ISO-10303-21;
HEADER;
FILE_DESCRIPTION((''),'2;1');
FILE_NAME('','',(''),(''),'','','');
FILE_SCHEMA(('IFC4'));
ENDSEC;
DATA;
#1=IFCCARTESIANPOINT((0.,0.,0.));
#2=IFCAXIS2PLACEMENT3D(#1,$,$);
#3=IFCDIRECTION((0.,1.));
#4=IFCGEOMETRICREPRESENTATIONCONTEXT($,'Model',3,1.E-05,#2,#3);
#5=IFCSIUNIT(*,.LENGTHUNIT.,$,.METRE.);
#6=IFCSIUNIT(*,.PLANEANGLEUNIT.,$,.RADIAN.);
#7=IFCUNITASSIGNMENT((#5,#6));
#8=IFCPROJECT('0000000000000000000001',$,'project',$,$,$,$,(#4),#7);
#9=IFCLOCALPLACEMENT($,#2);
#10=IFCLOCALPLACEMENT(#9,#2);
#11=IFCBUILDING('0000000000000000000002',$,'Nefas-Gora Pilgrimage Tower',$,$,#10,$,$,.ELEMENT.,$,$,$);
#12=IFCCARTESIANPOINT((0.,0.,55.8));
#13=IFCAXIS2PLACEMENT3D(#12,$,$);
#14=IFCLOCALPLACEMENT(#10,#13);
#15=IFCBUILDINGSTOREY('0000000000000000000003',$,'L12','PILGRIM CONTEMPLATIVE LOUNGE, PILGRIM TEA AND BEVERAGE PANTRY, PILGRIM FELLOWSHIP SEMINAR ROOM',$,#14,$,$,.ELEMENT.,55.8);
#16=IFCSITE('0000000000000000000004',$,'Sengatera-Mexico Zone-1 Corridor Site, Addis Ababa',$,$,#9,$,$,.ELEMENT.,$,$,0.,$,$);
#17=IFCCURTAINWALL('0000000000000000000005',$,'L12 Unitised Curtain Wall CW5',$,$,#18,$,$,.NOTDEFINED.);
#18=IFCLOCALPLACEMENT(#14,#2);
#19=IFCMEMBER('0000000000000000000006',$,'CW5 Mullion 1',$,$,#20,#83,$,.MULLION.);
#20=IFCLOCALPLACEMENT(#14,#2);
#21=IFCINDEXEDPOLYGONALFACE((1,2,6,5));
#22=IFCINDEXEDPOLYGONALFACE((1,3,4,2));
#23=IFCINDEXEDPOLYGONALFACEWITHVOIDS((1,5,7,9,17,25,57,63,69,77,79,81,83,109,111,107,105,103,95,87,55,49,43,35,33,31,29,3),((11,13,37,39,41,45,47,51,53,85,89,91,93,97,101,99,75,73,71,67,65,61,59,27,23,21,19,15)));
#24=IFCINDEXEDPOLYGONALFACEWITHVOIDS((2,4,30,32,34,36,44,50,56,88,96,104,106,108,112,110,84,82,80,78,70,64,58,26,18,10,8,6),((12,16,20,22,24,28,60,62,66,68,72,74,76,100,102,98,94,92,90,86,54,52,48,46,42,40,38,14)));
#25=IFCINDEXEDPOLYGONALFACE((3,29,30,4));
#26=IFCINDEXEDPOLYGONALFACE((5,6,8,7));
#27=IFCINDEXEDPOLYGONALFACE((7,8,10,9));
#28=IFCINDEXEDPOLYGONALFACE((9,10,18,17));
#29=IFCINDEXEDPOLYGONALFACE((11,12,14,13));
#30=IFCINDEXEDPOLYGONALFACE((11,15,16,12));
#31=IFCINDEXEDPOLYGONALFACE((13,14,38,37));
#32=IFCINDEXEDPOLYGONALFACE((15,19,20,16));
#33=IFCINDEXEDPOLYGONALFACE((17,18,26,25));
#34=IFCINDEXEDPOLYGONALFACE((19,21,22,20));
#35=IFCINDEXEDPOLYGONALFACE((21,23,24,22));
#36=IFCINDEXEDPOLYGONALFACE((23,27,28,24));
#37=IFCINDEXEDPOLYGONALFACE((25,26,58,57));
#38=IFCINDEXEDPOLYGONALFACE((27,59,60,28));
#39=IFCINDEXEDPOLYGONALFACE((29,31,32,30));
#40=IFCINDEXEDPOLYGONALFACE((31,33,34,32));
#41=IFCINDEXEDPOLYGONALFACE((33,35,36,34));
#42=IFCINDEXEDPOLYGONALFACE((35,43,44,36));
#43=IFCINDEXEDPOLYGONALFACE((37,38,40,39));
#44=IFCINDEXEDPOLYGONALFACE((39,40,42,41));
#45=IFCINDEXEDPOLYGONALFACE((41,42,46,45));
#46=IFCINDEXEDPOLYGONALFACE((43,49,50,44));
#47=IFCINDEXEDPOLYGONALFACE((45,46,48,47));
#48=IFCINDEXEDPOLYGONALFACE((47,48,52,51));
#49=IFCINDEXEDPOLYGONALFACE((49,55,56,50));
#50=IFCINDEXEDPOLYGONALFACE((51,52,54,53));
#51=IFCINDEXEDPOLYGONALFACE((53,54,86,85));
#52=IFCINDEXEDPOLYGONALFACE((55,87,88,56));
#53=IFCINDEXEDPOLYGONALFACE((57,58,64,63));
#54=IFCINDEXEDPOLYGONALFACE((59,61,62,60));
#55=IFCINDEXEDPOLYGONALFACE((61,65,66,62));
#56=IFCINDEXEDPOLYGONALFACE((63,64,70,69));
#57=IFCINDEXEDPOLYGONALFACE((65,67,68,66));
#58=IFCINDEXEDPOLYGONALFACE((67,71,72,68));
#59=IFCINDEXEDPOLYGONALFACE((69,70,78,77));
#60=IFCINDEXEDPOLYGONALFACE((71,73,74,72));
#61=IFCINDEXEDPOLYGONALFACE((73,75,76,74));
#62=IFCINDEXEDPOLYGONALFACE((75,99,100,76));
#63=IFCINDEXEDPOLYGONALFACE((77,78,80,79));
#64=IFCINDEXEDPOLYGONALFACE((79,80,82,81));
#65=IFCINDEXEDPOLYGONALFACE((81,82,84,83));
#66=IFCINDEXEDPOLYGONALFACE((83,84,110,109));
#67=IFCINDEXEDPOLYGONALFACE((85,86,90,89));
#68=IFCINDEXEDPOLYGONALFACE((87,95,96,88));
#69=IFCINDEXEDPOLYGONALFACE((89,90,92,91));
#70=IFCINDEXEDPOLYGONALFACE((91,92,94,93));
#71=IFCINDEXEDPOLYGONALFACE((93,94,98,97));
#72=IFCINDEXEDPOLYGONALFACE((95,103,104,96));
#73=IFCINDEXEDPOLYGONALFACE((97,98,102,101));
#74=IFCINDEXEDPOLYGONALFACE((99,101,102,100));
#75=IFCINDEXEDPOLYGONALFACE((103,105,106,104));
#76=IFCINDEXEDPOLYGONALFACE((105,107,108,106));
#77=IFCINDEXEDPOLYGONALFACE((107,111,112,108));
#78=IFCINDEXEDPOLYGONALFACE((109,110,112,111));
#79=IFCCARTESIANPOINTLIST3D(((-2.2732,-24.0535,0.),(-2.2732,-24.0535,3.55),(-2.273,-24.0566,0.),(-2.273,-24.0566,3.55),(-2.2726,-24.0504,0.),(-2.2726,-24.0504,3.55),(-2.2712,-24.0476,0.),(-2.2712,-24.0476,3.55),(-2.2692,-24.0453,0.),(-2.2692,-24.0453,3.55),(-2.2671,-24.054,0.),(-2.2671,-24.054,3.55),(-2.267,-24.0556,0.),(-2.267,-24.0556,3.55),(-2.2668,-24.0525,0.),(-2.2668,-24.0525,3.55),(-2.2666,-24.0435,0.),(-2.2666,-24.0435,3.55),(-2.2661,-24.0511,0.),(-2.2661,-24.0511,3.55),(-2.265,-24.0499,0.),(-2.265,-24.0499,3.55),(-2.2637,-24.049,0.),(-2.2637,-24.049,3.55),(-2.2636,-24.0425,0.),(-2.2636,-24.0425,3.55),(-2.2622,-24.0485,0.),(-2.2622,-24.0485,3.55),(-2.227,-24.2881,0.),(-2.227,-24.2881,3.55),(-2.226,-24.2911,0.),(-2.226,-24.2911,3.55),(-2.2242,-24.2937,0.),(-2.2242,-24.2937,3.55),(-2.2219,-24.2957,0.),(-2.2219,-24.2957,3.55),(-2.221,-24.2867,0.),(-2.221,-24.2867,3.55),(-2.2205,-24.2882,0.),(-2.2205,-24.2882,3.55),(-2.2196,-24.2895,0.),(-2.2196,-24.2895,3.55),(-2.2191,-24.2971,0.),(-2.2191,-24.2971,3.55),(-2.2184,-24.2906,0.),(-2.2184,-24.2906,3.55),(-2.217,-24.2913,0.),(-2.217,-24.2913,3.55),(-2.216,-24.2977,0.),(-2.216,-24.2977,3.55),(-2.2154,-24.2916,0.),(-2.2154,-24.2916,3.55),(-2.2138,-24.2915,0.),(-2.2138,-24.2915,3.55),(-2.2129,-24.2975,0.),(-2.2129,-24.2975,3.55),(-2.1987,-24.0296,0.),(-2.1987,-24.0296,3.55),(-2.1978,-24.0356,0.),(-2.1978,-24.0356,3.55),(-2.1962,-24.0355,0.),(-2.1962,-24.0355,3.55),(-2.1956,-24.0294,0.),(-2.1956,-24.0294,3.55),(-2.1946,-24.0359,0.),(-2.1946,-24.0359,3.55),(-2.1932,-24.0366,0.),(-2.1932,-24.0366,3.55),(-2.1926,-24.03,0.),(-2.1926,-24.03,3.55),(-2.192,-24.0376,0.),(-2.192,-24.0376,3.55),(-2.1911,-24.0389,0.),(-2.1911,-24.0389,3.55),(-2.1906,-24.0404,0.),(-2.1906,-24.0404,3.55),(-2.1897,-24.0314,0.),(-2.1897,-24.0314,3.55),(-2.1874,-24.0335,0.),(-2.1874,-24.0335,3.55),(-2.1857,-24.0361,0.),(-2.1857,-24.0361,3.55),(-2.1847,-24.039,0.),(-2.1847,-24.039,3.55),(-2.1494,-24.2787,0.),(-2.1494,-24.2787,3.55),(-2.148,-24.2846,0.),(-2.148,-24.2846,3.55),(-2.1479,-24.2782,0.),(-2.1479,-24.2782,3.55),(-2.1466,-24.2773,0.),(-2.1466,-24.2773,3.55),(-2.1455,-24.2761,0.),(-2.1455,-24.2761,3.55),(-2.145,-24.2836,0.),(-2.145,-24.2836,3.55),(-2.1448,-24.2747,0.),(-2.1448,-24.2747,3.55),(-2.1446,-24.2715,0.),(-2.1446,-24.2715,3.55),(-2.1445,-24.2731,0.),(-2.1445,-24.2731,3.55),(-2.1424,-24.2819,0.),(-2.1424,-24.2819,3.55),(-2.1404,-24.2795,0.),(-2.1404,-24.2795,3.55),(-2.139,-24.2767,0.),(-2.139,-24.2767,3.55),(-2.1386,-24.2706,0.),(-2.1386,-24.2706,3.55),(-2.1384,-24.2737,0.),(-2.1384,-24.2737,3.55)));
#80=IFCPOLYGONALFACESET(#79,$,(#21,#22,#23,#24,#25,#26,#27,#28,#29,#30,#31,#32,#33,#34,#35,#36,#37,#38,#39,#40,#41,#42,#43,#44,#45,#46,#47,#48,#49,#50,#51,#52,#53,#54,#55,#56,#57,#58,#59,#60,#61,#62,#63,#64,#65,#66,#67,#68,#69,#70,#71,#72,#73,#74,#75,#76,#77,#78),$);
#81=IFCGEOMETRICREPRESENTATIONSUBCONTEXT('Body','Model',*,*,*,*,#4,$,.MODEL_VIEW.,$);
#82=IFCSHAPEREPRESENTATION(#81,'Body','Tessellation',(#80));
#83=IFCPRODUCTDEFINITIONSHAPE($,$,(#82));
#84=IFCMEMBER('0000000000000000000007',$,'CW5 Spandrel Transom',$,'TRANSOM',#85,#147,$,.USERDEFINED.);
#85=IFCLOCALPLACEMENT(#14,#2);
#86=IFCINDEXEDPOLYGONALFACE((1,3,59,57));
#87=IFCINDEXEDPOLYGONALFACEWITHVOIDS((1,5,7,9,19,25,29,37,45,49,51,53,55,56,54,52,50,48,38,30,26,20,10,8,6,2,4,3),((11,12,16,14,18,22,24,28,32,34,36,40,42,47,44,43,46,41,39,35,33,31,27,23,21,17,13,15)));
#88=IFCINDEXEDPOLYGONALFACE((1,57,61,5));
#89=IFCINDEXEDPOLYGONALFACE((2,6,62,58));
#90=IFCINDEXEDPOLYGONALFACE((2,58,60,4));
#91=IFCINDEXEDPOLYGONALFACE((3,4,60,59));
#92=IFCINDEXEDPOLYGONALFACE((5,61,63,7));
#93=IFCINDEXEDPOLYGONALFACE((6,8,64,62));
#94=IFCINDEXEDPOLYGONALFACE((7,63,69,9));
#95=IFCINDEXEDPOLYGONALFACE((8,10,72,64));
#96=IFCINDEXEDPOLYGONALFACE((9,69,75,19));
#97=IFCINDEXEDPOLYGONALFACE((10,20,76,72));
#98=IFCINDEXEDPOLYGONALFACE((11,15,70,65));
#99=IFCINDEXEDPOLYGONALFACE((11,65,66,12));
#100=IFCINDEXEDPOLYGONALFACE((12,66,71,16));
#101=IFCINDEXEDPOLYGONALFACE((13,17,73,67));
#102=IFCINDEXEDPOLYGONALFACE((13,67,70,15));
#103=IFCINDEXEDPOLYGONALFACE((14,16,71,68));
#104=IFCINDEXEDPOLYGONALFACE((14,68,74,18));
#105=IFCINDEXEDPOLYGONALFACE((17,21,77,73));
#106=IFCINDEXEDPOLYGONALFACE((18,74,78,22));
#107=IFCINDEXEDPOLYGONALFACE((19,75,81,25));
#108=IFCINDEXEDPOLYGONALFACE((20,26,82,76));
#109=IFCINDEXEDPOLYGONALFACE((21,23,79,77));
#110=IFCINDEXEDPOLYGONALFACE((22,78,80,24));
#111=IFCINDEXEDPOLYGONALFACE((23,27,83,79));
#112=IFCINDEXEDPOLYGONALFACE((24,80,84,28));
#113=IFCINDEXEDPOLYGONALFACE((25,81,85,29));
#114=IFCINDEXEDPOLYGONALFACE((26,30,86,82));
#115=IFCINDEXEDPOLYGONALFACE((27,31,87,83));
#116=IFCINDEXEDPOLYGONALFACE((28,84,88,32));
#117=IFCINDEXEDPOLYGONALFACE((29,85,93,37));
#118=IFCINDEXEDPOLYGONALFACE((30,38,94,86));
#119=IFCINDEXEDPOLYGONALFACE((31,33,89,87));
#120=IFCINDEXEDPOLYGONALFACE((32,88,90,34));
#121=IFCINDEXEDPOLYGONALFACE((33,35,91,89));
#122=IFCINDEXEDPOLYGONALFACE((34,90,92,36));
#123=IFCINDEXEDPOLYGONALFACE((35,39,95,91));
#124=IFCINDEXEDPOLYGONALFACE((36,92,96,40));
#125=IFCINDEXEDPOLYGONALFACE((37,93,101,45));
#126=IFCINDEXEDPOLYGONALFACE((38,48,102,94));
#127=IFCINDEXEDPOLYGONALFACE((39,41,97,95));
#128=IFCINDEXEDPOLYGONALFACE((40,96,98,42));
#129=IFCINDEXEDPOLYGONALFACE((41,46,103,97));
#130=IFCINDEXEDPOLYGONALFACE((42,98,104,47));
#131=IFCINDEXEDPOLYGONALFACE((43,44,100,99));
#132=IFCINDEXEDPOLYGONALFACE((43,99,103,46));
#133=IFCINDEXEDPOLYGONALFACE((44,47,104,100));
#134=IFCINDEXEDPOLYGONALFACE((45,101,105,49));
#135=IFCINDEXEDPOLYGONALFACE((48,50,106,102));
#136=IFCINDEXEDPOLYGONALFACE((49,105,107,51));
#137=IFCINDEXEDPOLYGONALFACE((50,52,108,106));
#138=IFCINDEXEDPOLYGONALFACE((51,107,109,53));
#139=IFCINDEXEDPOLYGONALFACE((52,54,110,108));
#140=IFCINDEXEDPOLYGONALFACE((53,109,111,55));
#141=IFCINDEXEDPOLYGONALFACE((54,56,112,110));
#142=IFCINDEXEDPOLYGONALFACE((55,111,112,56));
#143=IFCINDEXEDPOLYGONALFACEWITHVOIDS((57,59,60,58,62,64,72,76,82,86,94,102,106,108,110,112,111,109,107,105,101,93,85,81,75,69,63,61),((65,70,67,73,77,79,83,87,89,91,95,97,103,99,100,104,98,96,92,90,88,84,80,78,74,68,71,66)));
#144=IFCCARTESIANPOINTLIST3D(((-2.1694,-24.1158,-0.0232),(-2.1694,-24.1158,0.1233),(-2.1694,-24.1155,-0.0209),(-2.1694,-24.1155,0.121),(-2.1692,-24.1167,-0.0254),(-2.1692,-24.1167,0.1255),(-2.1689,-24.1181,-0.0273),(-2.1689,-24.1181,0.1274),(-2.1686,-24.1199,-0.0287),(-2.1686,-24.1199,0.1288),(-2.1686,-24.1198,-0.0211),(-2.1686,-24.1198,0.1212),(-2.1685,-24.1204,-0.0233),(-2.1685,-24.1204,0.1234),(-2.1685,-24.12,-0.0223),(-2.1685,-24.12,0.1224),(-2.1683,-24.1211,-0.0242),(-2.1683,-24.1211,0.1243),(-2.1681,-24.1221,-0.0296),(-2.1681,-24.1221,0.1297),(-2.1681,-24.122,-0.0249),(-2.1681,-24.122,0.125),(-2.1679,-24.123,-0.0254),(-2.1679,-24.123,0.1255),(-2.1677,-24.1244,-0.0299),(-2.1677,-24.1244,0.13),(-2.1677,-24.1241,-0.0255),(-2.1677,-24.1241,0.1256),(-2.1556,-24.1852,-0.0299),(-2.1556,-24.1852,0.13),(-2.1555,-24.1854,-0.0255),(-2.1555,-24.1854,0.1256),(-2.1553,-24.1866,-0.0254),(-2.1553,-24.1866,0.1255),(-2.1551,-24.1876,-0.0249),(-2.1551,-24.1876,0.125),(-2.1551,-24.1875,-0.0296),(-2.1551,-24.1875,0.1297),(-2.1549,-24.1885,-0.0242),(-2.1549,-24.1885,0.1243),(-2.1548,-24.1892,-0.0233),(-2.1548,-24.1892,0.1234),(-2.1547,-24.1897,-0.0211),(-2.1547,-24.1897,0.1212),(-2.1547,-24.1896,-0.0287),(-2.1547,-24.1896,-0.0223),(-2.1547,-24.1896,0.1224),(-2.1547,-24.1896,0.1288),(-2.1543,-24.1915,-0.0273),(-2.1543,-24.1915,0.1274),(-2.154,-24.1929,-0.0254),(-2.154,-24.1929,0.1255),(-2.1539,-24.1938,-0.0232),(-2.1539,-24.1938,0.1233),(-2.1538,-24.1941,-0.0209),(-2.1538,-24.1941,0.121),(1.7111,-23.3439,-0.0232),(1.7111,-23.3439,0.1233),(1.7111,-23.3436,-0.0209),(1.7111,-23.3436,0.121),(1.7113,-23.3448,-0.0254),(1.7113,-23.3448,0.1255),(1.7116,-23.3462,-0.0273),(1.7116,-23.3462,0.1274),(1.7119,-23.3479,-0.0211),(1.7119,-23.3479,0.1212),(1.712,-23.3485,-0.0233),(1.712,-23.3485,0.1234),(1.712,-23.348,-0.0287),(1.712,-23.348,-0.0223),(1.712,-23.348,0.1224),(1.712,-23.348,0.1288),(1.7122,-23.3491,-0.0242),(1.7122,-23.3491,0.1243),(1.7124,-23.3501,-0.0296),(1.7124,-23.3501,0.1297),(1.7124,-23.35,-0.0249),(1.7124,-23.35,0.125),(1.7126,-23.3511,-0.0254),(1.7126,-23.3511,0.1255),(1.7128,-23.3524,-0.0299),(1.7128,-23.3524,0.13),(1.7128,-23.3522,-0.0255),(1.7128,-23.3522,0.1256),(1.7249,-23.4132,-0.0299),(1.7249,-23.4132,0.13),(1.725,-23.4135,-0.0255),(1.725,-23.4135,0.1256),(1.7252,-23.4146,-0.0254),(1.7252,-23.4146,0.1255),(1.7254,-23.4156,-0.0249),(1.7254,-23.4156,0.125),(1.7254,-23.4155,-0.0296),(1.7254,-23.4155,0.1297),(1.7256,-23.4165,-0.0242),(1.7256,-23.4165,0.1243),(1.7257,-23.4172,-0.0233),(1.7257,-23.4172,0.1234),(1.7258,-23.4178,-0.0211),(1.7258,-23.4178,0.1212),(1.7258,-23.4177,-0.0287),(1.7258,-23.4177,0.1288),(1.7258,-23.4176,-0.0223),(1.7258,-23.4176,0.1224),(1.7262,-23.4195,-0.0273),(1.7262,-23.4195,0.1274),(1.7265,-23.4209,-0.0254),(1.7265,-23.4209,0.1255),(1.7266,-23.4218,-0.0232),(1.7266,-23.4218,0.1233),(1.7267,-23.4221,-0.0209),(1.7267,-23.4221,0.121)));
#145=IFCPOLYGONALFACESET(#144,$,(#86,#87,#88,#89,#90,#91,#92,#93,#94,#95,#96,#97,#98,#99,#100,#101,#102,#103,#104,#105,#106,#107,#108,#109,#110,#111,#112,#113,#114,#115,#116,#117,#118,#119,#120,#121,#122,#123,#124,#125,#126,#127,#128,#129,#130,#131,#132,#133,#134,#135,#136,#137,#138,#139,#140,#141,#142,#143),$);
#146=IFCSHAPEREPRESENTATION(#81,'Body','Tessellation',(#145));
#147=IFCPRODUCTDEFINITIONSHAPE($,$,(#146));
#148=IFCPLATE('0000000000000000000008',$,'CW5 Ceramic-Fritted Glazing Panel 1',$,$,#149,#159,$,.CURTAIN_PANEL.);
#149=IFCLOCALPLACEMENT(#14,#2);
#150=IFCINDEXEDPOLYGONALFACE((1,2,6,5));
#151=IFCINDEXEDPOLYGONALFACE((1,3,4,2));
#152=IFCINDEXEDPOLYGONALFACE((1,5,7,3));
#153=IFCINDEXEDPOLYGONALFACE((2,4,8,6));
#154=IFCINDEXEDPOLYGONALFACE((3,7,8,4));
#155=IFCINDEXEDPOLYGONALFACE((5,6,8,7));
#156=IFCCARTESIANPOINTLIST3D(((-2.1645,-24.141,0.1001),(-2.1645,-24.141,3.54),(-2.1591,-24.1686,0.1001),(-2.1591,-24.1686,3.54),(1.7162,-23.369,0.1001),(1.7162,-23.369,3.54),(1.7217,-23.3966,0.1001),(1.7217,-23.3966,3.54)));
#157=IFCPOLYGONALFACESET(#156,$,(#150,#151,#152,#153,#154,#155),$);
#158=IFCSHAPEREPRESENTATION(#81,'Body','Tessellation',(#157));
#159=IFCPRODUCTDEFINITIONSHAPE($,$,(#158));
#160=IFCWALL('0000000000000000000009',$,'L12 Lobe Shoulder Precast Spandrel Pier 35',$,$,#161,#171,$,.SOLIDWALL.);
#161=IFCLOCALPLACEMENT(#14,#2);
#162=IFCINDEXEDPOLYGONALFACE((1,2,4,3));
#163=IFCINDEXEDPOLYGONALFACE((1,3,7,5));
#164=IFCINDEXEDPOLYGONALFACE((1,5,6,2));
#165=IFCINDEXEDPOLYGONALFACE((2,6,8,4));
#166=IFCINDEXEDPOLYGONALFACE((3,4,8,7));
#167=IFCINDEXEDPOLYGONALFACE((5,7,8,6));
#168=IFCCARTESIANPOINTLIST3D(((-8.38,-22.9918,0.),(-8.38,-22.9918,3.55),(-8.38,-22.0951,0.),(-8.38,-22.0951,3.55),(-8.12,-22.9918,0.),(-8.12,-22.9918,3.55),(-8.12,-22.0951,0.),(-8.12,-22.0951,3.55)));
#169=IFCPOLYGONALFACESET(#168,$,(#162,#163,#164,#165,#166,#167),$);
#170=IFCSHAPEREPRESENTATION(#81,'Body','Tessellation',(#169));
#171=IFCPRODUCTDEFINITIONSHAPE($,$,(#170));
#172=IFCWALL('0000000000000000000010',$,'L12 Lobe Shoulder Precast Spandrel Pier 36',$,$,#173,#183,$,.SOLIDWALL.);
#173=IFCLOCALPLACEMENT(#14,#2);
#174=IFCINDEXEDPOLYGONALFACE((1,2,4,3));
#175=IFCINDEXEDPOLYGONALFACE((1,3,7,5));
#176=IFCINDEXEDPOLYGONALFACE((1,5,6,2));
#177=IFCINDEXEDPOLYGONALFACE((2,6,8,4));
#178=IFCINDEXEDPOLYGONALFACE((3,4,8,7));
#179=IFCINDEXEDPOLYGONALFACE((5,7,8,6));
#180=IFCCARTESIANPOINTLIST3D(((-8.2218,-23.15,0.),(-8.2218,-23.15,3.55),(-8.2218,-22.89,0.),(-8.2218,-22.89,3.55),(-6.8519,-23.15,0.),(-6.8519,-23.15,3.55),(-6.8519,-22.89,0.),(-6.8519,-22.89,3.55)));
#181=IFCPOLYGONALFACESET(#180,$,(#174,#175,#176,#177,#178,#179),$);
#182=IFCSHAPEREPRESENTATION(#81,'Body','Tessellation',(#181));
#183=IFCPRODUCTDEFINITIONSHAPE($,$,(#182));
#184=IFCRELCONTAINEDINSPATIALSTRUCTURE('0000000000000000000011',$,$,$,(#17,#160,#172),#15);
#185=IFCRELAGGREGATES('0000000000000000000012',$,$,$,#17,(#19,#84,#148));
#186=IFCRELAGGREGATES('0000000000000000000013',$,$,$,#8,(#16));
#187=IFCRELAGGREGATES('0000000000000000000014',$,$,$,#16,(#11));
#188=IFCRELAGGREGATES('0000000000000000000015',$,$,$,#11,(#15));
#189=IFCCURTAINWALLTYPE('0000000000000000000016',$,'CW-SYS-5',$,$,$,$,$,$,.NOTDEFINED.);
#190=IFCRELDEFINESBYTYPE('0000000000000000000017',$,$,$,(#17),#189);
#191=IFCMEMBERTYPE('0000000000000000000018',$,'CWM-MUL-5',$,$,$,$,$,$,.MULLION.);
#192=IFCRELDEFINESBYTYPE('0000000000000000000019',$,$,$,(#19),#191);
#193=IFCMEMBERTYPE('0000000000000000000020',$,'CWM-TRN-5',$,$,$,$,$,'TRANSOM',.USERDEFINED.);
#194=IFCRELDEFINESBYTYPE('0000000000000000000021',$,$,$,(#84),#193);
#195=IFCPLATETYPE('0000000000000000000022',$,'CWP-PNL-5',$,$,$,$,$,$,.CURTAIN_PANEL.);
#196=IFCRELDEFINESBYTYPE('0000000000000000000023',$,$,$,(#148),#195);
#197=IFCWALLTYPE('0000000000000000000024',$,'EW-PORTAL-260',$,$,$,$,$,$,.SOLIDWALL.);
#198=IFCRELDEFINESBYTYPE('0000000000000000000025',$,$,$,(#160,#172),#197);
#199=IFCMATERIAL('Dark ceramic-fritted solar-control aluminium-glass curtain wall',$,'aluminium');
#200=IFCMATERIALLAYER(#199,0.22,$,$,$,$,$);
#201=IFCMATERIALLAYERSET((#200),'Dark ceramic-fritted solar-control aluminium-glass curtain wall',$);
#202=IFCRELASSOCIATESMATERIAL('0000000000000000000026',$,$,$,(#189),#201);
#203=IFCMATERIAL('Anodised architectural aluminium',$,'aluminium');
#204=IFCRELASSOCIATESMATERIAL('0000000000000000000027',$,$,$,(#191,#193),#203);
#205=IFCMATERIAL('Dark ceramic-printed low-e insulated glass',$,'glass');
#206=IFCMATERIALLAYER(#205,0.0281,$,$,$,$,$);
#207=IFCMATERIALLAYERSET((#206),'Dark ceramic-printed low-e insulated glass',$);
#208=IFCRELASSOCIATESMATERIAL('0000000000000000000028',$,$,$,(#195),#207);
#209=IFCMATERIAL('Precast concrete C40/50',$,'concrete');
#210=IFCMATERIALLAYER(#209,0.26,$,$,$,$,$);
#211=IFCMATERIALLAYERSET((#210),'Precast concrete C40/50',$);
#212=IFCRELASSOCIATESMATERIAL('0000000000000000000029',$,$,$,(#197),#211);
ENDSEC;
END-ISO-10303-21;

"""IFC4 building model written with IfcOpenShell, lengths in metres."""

from ifc_helpers import new_model, si_unit, direction, frame, frame_2d, origin, origin_2d, place, context, subcontext, project, spatial, rectangle, hollow_rectangle, extrude, source, transform, mapped, material, layer, layer_set, material_profile, profile_set, type_object, element, aggregate, save


model = new_model("IFC4")

# Units and contexts
model_context = context("Model", 3, precision=1e-05, world=origin(), true_north=direction((0.0, 1.0)))
body_context = subcontext(model_context, "Body", "Model", "MODEL_VIEW")
ifc_project = project(units=[si_unit("LENGTHUNIT", "METRE"), si_unit("PLANEANGLEUNIT", "RADIAN")], contexts=[model_context])

# Site, building, storey
site_placement = place(None, origin())
site = spatial("IfcSite", under=ifc_project, at=site_placement, Name="Sengatera-Mexico Zone-1 Corridor Site, Addis Ababa", CompositionType="ELEMENT", RefElevation=0.0)
building_placement = place(site_placement, origin())
building = spatial("IfcBuilding", under=site, at=building_placement, Name="Nefas-Gora Pilgrimage Tower", CompositionType="ELEMENT")
storey_placement = place(building_placement, frame((0.0, 0.0, 55.8)))
storey = spatial("IfcBuildingStorey", under=building, at=storey_placement, Name="L12", Description="PILGRIM CONTEMPLATIVE LOUNGE, PILGRIM TEA AND BEVERAGE PANTRY, PILGRIM FELLOWSHIP SEMINAR ROOM", CompositionType="ELEMENT", Elevation=55.8)

# Curtain wall, members, plate
ifc_material_1 = material(Name="Dark ceramic-fritted solar-control aluminium-glass curtain wall", Category="aluminium")
ifc_layer_1 = layer(ifc_material_1, 0.22)
ifc_layer_set_1 = layer_set([ifc_layer_1], Name="Dark ceramic-fritted solar-control aluminium-glass curtain wall")
curtain_wall_type = type_object("IfcCurtainWallType", Name="CW-SYS-5", PredefinedType="NOTDEFINED", material=ifc_layer_set_1)
curtain_wall_placement = place(storey_placement, origin())
curtain_wall = element("IfcCurtainWall", 1, at=curtain_wall_placement, inside=storey, type_object=curtain_wall_type, Name="L12 Unitised Curtain Wall CW5", PredefinedType="NOTDEFINED")
ifc_material_2 = material(Name="Anodised architectural aluminium", Category="aluminium")
ifc_material_profile_1 = material_profile(ifc_material_2, hollow_rectangle(XDim=0.0901, YDim=0.26, WallThickness=0.0061, InnerFilletRadius=0.0061, OuterFilletRadius=0.012, at=origin_2d()), Name="ALU MULLION 90x260")
ifc_profile_set_1 = profile_set([ifc_material_profile_1], Name="Anodised architectural aluminium")
member_type_1 = type_object("IfcMemberType", Name="CWM-MUL-5", PredefinedType="MULLION", material=ifc_profile_set_1)
shared_shape_1 = source(origin(), body_context, "Body", "SweptSolid", [
    extrude(hollow_rectangle(XDim=0.0901, YDim=0.26, WallThickness=0.0061, InnerFilletRadius=0.0061, OuterFilletRadius=0.012, at=origin_2d()), origin(), (0.0, 0.0, 1.0), 3.55),
])
member_1_placement = place(storey_placement, frame((-2.2058, -24.1636, 0.0), z_axis=(0.0, 0.0, 1.0), x_axis=(0.980783, 0.195102, 0.0)))
member_1 = element("IfcMember", 2, at=member_1_placement, type_object=member_type_1, Name="CW5 Mullion 1", PredefinedType="MULLION", context=body_context, shape_type="MappedRepresentation", body=[
    mapped(shared_shape_1, transform((0.0, 0.0, 0.0), x_axis=(1.0, 0.0, 0.0), y_axis=(0.0, 1.0, 0.0), z_axis=(0.0, 0.0, 1.0), scale=1.0)),
])
ifc_material_profile_2 = material_profile(ifc_material_2, hollow_rectangle(XDim=0.0801, YDim=0.1599, WallThickness=0.0044, InnerFilletRadius=0.0044, OuterFilletRadius=0.009, at=origin_2d()), Name="ALU TRANSOM 80x160")
ifc_profile_set_2 = profile_set([ifc_material_profile_2], Name="Anodised architectural aluminium")
member_type_2 = type_object("IfcMemberType", Name="CWM-TRN-5", ElementType="TRANSOM", PredefinedType="USERDEFINED", material=ifc_profile_set_2)
shared_shape_2 = source(origin(), body_context, "Body", "SweptSolid", [
    extrude(hollow_rectangle(XDim=0.0801, YDim=0.1599, WallThickness=0.0044, InnerFilletRadius=0.0044, OuterFilletRadius=0.009, at=origin_2d()), origin(), (0.0, 0.0, 1.0), 3.9565),
])
member_2_placement = place(storey_placement, frame((-2.1616, -24.1548, 0.05), z_axis=(0.980782, 0.195107, 0.0), x_axis=(-0.195107, 0.980782, 0.0)))
member_2 = element("IfcMember", 3, at=member_2_placement, type_object=member_type_2, Name="CW5 Spandrel Transom", ObjectType="TRANSOM", PredefinedType="USERDEFINED", context=body_context, shape_type="MappedRepresentation", body=[
    mapped(shared_shape_2, transform((0.0, 0.0, 0.0), x_axis=(1.0, 0.0, 0.0), y_axis=(0.0, 1.0, 0.0), z_axis=(0.0, 0.0, 1.0), scale=1.0)),
])
ifc_material_3 = material(Name="Dark ceramic-printed low-e insulated glass", Category="glass")
ifc_layer_2 = layer(ifc_material_3, 0.0281)
ifc_layer_set_2 = layer_set([ifc_layer_2], Name="Dark ceramic-printed low-e insulated glass")
plate_type = type_object("IfcPlateType", Name="CWP-PNL-5", PredefinedType="CURTAIN_PANEL", material=ifc_layer_set_2)
shared_shape_3 = source(origin(), body_context, "Body", "SweptSolid", [
    extrude(rectangle(XDim=3.9568, YDim=0.0281, at=origin_2d()), origin(), (0.0, 0.0, 1.0), 3.4399),
])
plate_placement = place(storey_placement, frame((-0.2214, -23.7688, 0.1001), z_axis=(0.0, 0.0, 1.0), x_axis=(0.980783, 0.195102, 0.0)))
plate = element("IfcPlate", 4, at=plate_placement, type_object=plate_type, Name="CW5 Ceramic-Fritted Glazing Panel 1", PredefinedType="CURTAIN_PANEL", context=body_context, shape_type="MappedRepresentation", body=[
    mapped(shared_shape_3, transform((0.0, 0.0, 0.0), x_axis=(1.0, 0.0, 0.0), y_axis=(0.0, 1.0, 0.0), z_axis=(0.0, 0.0, 1.0), scale=1.0)),
])
aggregate(curtain_wall, [member_1, member_2, plate])

# Walls
ifc_material_4 = material(Name="Precast concrete C40/50", Category="concrete")
ifc_layer_3 = layer(ifc_material_4, 0.26)
ifc_layer_set_3 = layer_set([ifc_layer_3], Name="Precast concrete C40/50")
wall_type_1 = type_object("IfcWallType", Name="EW-PORTAL-260", PredefinedType="SOLIDWALL", material=ifc_layer_set_3)
shared_shape_4 = source(origin(), body_context, "Body", "SweptSolid", [
    extrude(rectangle(XDim=0.8967, YDim=0.26, at=frame_2d((0.4482, 0.0))), origin(), (0.0, 0.0, 1.0), 3.55),
])
wall_1_placement = place(storey_placement, frame((-8.25, -22.0952, 0.0), z_axis=(0.0, 0.0, 1.0), x_axis=(0.0, -1.0, 0.0)))
element("IfcWall", 5, at=wall_1_placement, inside=storey, type_object=wall_type_1, Name="L12 Lobe Shoulder Precast Spandrel Pier 35", PredefinedType="SOLIDWALL", context=body_context, shape_type="MappedRepresentation", body=[
    mapped(shared_shape_4, transform((0.0, 0.0, 0.0), x_axis=(1.0, 0.0, 0.0), y_axis=(0.0, 1.0, 0.0), z_axis=(0.0, 0.0, 1.0), scale=1.0)),
])
shared_shape_5 = source(origin(), body_context, "Body", "SweptSolid", [
    extrude(rectangle(XDim=1.3699, YDim=0.26, at=frame_2d((0.6851, 0.0))), origin(), (0.0, 0.0, 1.0), 3.55),
])
wall_2_placement = place(storey_placement, frame((-8.2219, -23.02, 0.0), z_axis=(0.0, 0.0, 1.0), x_axis=(1.0, 0.0, 0.0)))
element("IfcWall", 6, at=wall_2_placement, inside=storey, type_object=wall_type_1, Name="L12 Lobe Shoulder Precast Spandrel Pier 36", PredefinedType="SOLIDWALL", context=body_context, shape_type="MappedRepresentation", body=[
    mapped(shared_shape_5, transform((0.0, 0.0, 0.0), x_axis=(1.0, 0.0, 0.0), y_axis=(0.0, 1.0, 0.0), z_axis=(0.0, 0.0, 1.0), scale=1.0)),
])

save(model, "model.ifc")
